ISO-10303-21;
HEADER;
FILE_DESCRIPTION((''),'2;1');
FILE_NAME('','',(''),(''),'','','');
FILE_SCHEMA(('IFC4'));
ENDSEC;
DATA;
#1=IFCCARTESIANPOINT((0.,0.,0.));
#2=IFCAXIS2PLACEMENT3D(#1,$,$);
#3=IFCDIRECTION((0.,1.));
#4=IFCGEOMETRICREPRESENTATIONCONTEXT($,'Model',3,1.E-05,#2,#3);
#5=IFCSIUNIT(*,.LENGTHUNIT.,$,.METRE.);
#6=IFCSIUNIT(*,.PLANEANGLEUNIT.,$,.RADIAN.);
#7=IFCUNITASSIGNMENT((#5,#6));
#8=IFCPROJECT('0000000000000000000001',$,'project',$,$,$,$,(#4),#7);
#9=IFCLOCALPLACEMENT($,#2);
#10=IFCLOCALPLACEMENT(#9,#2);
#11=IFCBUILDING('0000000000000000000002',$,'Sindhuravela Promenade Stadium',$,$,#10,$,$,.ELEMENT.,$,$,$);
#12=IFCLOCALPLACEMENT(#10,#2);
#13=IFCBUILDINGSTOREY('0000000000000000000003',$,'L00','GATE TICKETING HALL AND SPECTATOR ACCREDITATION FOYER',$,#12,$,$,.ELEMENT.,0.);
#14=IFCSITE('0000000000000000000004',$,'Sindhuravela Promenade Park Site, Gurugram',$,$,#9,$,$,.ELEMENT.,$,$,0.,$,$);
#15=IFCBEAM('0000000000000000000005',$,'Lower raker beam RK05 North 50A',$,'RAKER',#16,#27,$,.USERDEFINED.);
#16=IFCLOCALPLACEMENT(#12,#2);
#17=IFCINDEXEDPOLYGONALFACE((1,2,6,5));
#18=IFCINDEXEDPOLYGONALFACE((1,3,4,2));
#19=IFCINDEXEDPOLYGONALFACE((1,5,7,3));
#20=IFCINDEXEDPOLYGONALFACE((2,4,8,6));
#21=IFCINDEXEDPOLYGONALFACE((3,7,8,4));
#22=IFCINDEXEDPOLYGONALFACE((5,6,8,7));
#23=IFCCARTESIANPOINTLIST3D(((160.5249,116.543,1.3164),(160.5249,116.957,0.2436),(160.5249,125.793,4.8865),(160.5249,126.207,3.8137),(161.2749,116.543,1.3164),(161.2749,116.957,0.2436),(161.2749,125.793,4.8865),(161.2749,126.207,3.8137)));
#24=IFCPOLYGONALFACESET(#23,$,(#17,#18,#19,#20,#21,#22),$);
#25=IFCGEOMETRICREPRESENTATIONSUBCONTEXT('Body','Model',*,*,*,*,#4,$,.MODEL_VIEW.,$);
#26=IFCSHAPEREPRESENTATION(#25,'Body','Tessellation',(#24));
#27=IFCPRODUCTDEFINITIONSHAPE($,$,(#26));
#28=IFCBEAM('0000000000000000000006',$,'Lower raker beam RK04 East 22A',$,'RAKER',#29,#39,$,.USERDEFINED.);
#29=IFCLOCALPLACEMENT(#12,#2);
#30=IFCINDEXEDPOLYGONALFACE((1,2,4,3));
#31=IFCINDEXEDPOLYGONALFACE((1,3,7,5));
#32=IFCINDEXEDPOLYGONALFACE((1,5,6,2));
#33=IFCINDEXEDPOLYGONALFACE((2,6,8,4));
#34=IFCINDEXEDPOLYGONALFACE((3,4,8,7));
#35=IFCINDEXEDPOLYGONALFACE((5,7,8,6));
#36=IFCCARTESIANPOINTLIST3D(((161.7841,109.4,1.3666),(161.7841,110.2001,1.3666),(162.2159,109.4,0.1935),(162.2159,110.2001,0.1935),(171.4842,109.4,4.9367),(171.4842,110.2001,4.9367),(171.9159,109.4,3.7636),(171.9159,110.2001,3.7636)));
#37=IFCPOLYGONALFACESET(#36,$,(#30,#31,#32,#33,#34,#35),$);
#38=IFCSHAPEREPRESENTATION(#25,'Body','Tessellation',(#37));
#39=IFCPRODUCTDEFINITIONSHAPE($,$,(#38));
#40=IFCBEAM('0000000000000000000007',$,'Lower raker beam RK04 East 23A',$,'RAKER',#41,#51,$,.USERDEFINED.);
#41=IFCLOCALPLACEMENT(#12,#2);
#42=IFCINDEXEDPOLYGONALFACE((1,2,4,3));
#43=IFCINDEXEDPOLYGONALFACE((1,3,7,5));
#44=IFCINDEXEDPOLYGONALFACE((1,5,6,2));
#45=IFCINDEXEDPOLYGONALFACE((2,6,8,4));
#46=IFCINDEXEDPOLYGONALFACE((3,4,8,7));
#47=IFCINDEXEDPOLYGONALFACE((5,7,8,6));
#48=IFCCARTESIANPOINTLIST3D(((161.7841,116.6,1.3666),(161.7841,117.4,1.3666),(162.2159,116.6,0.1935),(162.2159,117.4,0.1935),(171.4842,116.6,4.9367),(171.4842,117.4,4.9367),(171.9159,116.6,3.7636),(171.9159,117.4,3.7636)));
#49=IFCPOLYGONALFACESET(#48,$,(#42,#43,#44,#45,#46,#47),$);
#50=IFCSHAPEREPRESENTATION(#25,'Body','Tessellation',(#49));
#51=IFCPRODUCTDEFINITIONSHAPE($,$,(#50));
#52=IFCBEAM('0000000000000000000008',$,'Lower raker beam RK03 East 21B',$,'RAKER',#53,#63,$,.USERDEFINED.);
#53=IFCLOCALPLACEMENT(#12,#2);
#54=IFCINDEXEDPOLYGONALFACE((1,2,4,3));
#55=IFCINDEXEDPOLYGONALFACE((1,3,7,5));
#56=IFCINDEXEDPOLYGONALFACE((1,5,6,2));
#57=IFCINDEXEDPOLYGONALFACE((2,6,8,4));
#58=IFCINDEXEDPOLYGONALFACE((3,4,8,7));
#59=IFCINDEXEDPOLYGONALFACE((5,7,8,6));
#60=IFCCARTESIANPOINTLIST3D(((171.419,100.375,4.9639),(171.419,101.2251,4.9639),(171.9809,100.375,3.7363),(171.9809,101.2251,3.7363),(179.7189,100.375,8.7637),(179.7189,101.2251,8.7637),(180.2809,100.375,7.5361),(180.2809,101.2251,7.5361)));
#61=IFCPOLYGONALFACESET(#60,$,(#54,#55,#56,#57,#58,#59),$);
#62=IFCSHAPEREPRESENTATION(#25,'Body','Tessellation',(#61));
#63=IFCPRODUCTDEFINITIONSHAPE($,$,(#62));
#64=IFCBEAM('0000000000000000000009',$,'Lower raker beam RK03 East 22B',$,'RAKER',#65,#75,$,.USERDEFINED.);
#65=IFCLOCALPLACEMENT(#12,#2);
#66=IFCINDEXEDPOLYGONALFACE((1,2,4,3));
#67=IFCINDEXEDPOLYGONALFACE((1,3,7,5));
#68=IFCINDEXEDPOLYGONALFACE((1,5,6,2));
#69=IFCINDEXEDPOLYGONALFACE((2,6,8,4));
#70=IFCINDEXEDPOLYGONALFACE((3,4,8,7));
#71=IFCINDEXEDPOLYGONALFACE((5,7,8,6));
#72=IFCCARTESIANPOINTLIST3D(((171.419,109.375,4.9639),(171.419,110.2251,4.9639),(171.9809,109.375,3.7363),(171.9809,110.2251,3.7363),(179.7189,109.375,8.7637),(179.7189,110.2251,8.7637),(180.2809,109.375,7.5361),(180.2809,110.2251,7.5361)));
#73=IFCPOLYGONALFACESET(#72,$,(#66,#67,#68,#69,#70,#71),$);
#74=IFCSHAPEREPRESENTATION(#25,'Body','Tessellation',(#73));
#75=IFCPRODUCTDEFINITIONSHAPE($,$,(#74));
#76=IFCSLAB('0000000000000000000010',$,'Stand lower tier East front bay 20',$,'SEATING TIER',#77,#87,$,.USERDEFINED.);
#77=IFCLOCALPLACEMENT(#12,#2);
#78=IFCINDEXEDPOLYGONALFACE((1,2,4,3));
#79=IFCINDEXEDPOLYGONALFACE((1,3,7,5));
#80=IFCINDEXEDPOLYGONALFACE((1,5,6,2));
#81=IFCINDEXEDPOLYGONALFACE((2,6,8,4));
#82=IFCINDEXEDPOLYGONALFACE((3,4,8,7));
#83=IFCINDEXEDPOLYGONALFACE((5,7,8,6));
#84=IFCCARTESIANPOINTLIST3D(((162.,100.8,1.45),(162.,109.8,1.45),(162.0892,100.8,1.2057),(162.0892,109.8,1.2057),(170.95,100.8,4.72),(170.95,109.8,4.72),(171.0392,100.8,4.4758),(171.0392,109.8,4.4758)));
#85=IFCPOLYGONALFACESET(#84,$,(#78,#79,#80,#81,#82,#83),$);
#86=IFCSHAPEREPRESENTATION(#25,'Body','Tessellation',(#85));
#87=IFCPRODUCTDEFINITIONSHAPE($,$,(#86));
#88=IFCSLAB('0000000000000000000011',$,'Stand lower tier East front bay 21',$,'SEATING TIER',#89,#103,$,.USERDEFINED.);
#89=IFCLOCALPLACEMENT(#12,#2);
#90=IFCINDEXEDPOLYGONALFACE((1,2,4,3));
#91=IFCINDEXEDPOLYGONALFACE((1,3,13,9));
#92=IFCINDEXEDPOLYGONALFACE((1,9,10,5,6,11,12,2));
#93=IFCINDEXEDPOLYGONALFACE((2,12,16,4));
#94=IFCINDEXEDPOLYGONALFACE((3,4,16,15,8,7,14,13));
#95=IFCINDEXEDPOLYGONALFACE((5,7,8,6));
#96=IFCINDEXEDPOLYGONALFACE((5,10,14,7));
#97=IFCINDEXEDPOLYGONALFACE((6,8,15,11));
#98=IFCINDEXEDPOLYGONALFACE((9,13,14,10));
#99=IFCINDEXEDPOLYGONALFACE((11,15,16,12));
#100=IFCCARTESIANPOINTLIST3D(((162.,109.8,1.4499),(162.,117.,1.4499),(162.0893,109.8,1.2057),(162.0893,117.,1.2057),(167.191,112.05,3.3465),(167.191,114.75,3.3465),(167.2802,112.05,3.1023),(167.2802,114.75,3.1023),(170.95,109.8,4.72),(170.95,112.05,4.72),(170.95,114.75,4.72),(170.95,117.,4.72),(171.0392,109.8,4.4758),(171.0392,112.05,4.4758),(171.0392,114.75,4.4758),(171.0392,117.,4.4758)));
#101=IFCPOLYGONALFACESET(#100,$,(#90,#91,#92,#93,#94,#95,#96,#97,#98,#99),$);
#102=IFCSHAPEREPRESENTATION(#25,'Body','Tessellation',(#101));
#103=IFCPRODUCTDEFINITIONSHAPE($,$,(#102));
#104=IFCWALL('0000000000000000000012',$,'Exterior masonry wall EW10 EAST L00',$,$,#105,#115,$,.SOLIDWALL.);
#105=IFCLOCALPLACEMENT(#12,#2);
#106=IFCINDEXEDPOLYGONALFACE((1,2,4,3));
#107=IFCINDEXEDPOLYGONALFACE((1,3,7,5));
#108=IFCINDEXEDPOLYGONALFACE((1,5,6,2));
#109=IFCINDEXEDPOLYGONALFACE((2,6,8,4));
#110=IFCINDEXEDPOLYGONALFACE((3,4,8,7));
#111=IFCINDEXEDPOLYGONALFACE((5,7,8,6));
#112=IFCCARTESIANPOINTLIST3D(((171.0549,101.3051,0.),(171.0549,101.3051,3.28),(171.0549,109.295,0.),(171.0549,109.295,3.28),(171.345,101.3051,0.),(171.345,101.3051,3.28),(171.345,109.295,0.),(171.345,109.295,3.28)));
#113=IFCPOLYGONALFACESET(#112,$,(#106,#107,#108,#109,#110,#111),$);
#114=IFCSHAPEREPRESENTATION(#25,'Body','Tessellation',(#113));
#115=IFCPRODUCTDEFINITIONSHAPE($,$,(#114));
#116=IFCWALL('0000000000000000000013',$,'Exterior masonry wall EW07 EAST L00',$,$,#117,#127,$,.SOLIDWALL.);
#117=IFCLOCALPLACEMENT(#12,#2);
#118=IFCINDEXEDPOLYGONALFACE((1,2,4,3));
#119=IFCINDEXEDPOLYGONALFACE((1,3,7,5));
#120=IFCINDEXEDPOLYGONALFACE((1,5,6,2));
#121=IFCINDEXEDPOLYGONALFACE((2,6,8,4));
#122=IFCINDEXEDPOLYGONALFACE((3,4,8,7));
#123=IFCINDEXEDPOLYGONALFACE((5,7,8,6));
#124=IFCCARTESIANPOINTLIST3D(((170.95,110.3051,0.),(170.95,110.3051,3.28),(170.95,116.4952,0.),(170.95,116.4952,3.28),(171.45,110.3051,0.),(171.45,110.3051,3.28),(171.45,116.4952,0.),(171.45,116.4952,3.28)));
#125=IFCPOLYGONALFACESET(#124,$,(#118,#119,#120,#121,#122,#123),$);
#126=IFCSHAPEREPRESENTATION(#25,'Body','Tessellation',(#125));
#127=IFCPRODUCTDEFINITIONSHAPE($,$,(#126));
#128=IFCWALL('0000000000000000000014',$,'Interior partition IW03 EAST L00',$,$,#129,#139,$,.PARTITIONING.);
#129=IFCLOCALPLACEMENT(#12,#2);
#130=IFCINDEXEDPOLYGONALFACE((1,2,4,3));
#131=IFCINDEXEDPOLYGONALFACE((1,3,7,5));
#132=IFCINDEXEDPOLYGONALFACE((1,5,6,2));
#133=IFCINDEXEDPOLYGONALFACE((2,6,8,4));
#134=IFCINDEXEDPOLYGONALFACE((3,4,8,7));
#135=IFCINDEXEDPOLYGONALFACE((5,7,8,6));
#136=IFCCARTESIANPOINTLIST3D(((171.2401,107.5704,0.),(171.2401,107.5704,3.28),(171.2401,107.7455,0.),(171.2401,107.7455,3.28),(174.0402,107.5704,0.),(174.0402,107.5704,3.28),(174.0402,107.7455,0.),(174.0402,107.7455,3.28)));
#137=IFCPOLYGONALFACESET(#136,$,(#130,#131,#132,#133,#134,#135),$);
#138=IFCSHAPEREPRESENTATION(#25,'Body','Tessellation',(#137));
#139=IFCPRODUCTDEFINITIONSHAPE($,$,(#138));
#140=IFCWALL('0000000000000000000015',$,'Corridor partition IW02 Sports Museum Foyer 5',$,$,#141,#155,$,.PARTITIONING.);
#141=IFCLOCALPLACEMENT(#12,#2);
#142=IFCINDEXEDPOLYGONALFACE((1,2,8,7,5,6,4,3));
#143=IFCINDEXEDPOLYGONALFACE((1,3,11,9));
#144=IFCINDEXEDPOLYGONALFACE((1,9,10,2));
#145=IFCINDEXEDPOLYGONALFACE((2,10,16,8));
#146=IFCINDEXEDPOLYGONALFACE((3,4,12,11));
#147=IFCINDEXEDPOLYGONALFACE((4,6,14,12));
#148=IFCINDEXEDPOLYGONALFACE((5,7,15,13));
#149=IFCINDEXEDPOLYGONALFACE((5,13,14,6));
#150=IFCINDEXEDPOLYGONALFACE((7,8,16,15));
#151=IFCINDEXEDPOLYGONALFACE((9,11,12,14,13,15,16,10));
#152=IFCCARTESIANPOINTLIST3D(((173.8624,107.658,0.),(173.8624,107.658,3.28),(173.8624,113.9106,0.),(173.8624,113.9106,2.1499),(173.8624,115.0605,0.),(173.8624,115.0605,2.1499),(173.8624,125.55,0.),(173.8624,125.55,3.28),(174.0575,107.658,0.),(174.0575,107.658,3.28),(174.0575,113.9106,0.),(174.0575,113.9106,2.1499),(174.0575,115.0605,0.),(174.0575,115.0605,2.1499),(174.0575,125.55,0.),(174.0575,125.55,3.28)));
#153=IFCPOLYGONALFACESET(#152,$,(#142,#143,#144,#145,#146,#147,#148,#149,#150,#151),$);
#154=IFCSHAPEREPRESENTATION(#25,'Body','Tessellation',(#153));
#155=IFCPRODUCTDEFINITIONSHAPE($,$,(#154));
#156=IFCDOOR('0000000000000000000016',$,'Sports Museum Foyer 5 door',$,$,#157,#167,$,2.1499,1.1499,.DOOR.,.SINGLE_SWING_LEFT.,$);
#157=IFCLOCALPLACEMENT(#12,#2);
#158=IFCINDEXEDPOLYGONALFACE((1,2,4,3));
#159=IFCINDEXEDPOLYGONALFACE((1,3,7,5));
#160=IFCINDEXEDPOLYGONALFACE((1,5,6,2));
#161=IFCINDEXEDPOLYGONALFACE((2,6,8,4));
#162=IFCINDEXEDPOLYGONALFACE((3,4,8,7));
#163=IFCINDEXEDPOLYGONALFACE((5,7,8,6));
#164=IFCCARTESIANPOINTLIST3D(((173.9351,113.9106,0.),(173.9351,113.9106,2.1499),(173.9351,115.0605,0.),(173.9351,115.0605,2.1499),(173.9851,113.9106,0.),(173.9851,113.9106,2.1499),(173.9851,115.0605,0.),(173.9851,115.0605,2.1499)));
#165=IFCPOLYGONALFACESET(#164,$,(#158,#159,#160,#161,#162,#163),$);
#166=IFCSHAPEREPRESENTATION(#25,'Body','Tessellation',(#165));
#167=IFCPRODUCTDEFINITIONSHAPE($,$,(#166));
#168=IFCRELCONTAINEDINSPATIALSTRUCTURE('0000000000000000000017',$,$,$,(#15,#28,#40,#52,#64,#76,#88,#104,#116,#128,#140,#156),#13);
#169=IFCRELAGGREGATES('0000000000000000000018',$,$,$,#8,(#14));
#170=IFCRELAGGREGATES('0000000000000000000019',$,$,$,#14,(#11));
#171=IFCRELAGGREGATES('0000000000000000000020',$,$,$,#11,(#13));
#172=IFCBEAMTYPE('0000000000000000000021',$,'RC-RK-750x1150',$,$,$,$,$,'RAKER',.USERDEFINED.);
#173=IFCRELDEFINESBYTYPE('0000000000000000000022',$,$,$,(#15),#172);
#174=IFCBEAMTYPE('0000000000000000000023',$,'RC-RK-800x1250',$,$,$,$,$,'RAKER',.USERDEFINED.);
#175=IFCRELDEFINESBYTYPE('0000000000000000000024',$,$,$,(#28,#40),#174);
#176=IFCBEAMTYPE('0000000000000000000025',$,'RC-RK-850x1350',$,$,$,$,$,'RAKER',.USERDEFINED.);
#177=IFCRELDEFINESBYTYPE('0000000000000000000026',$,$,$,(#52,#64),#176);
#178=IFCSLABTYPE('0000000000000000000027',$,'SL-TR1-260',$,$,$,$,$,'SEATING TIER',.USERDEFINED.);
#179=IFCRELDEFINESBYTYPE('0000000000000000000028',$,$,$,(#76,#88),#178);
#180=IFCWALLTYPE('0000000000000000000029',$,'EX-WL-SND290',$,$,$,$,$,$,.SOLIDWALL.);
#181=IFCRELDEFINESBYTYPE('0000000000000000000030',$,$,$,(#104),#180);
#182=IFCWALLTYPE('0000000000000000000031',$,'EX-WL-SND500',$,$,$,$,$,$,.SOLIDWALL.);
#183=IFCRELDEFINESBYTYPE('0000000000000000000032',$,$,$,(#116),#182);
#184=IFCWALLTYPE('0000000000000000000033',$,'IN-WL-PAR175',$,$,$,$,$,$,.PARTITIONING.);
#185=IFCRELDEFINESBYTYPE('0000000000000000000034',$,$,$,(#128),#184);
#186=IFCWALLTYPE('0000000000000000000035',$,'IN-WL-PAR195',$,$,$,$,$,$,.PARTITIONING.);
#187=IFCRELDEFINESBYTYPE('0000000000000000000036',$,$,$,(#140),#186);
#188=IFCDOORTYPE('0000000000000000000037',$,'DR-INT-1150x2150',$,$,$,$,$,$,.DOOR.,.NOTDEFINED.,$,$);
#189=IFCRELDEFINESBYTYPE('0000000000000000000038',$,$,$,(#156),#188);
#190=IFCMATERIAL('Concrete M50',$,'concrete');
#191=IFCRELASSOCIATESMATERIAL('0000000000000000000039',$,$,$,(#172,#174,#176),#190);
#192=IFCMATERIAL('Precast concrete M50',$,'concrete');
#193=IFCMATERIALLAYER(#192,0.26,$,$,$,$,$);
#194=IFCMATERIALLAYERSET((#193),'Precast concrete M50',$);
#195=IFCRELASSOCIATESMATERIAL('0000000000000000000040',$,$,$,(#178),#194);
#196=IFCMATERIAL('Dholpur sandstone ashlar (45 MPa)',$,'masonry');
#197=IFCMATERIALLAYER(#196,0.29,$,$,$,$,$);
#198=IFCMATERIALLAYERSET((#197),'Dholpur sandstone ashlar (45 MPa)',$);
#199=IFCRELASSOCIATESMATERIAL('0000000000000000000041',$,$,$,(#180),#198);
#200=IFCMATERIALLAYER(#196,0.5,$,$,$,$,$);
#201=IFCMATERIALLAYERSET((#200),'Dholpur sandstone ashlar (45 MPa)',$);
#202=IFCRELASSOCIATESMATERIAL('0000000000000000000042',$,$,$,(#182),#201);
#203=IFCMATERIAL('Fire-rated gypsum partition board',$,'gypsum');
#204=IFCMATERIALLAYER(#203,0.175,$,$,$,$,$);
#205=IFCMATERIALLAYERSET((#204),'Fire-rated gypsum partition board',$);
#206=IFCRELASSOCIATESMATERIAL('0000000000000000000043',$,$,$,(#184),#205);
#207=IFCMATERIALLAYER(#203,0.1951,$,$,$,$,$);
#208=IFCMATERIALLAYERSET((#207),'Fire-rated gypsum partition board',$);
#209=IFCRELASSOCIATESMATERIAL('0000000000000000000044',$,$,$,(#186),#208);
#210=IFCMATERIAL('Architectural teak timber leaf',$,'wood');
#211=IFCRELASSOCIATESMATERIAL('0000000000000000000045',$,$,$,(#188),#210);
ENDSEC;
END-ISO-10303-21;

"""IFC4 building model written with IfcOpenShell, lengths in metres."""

from ifc_helpers import new_model, si_unit, direction, frame, frame_2d, origin, origin_2d, place, context, subcontext, project, spatial, polyline, rectangle, outline, extrude, material, layer, layer_set, material_profile, profile_set, type_object, element, fill, save


model = new_model("IFC4")

# Units and contexts
model_context = context("Model", 3, precision=1e-05, world=origin(), true_north=direction((0.0, 1.0)))
body_context = subcontext(model_context, "Body", "Model", "MODEL_VIEW")
ifc_project = project(units=[si_unit("LENGTHUNIT", "METRE"), si_unit("PLANEANGLEUNIT", "RADIAN")], contexts=[model_context])

# Site, building, storey
site_placement = place(None, origin())
site = spatial("IfcSite", under=ifc_project, at=site_placement, Name="Sindhuravela Promenade Park Site, Gurugram", CompositionType="ELEMENT", RefElevation=0.0)
building_placement = place(site_placement, origin())
building = spatial("IfcBuilding", under=site, at=building_placement, Name="Sindhuravela Promenade Stadium", CompositionType="ELEMENT")
storey_placement = place(building_placement, origin())
storey = spatial("IfcBuildingStorey", under=building, at=storey_placement, Name="L00", Description="GATE TICKETING HALL AND SPECTATOR ACCREDITATION FOYER", CompositionType="ELEMENT", Elevation=0.0)

# Shared definitions
ifc_material_1 = material(Name="Concrete M50", Category="concrete")

# Beams
ifc_material_profile_1 = material_profile(ifc_material_1, rectangle(XDim=0.75, YDim=1.1499, at=origin_2d()), Name="RC 750x1150")
ifc_profile_set_1 = profile_set([ifc_material_profile_1], Name="Concrete M50")
beam_type_1 = type_object("IfcBeamType", Name="RC-RK-750x1150", ElementType="RAKER", PredefinedType="USERDEFINED", material=ifc_profile_set_1)
beam_placement = place(storey_placement, frame((160.8999, 116.75, 0.78), z_axis=(0.0, 0.932927, 0.360066), x_axis=(-1.0, 0.0, 0.0)))
element("IfcBeam", 1, at=beam_placement, inside=storey, type_object=beam_type_1, Name="Lower raker beam RK05 North 50A", ObjectType="RAKER", PredefinedType="USERDEFINED", context=body_context, shape_type="SweptSolid", body=[
    extrude(rectangle(XDim=0.75, YDim=1.1499, at=origin_2d()), origin(), (0.0, 0.0, 1.0), 9.915),
])
ifc_material_profile_2 = material_profile(ifc_material_1, rectangle(XDim=0.8, YDim=1.25, at=origin_2d()), Name="RC 800x1250")
ifc_profile_set_2 = profile_set([ifc_material_profile_2], Name="Concrete M50")
beam_type_2 = type_object("IfcBeamType", Name="RC-RK-800x1250", ElementType="RAKER", PredefinedType="USERDEFINED", material=ifc_profile_set_2)
for number, where, z_axis, x_axis, name in (
    (2, (162.0, 109.8, 0.78), (0.938456, 0.0, 0.345399), (0.0, 1.0, 0.0), "Lower raker beam RK04 East 22A"),
    (3, (162.0, 117.0, 0.78), (0.938456, 0.0, 0.345399), (0.0, 1.0, 0.0), "Lower raker beam RK04 East 23A"),
):
    element("IfcBeam", number, at=place(storey_placement, frame(where, z_axis=z_axis, x_axis=x_axis)), inside=storey, type_object=beam_type_2, Name=name, ObjectType="RAKER", PredefinedType="USERDEFINED", context=body_context, shape_type="SweptSolid", body=[
        extrude(rectangle(XDim=0.8, YDim=1.25, at=origin_2d()), origin(), (0.0, 0.0, 1.0), 10.3362),
    ])
ifc_material_profile_3 = material_profile(ifc_material_1, rectangle(XDim=0.8501, YDim=1.3501, at=origin_2d()), Name="RC 850x1350")
ifc_profile_set_3 = profile_set([ifc_material_profile_3], Name="Concrete M50")
beam_type_3 = type_object("IfcBeamType", Name="RC-RK-850x1350", ElementType="RAKER", PredefinedType="USERDEFINED", material=ifc_profile_set_3)
for number, where, z_axis, x_axis, name in (
    (4, (171.7, 100.8, 4.3501), (0.909247, 0.0, 0.416258), (0.0, 1.0, 0.0), "Lower raker beam RK03 East 21B"),
    (5, (171.7, 109.8, 4.3501), (0.909247, 0.0, 0.416258), (0.0, 1.0, 0.0), "Lower raker beam RK03 East 22B"),
):
    element("IfcBeam", number, at=place(storey_placement, frame(where, z_axis=z_axis, x_axis=x_axis)), inside=storey, type_object=beam_type_3, Name=name, ObjectType="RAKER", PredefinedType="USERDEFINED", context=body_context, shape_type="SweptSolid", body=[
        extrude(rectangle(XDim=0.8501, YDim=1.3501, at=origin_2d()), origin(), (0.0, 0.0, 1.0), 9.1284),
    ])

# Slabs
ifc_material_2 = material(Name="Precast concrete M50", Category="concrete")
ifc_layer_1 = layer(ifc_material_2, 0.26)
ifc_layer_set_1 = layer_set([ifc_layer_1], Name="Precast concrete M50")
slab_type = type_object("IfcSlabType", Name="SL-TR1-260", ElementType="SEATING TIER", PredefinedType="USERDEFINED", material=ifc_layer_set_1)
slab_1_placement = place(storey_placement, frame((170.95, 100.8, 4.72), z_axis=(-0.343179, 0.0, 0.93927), x_axis=(0.0, 1.0, 0.0)))
element("IfcSlab", 6, at=slab_1_placement, inside=storey, type_object=slab_type, Name="Stand lower tier East front bay 20", ObjectType="SEATING TIER", PredefinedType="USERDEFINED", context=body_context, shape_type="SweptSolid", body=[
    extrude(outline(polyline([(0.0, 0.0), (9.0, 0.0), (9.0, 9.5286), (0.0, 9.5286), (0.0, 0.0)])), origin(), (0.0, 0.0, -1.0), 0.26),
])
slab_2_placement = place(storey_placement, frame((170.95, 109.8, 4.72), z_axis=(-0.343184, 0.0, 0.939268), x_axis=(0.0, 1.0, 0.0)))
element("IfcSlab", 7, at=slab_2_placement, inside=storey, type_object=slab_type, Name="Stand lower tier East front bay 21", ObjectType="SEATING TIER", PredefinedType="USERDEFINED", context=body_context, shape_type="SweptSolid", body=[
    extrude(outline(polyline([(0.0, 0.0), (2.25, 0.0), (2.25, 4.002), (4.95, 4.002), (4.95, 0.0), (7.2, 0.0), (7.2, 9.5286), (0.0, 9.5286), (0.0, 0.0)])), origin(), (0.0, 0.0, -1.0), 0.26),
])

# Walls
ifc_material_3 = material(Name="Dholpur sandstone ashlar (45 MPa)", Category="masonry")
ifc_layer_2 = layer(ifc_material_3, 0.29)
ifc_layer_set_2 = layer_set([ifc_layer_2], Name="Dholpur sandstone ashlar (45 MPa)")
wall_type_1 = type_object("IfcWallType", Name="EX-WL-SND290", PredefinedType="SOLIDWALL", material=ifc_layer_set_2)
wall_1_placement = place(storey_placement, frame((171.2, 101.3049, 0.0), z_axis=(0.0, 0.0, 1.0), x_axis=(0.0, 1.0, 0.0)))
element("IfcWall", 8, at=wall_1_placement, inside=storey, type_object=wall_type_1, Name="Exterior masonry wall EW10 EAST L00", PredefinedType="SOLIDWALL", context=body_context, shape_type="SweptSolid", body=[
    extrude(rectangle(XDim=7.99, YDim=0.29, at=frame_2d((3.9951, 0.0))), origin(), (0.0, 0.0, 1.0), 3.28),
])
ifc_layer_3 = layer(ifc_material_3, 0.5)
ifc_layer_set_3 = layer_set([ifc_layer_3], Name="Dholpur sandstone ashlar (45 MPa)")
wall_type_2 = type_object("IfcWallType", Name="EX-WL-SND500", PredefinedType="SOLIDWALL", material=ifc_layer_set_3)
wall_2_placement = place(storey_placement, frame((171.2, 110.3049, 0.0), z_axis=(0.0, 0.0, 1.0), x_axis=(0.0, 1.0, 0.0)))
element("IfcWall", 9, at=wall_2_placement, inside=storey, type_object=wall_type_2, Name="Exterior masonry wall EW07 EAST L00", PredefinedType="SOLIDWALL", context=body_context, shape_type="SweptSolid", body=[
    extrude(rectangle(XDim=6.1902, YDim=0.5, at=frame_2d((3.0952, 0.0))), origin(), (0.0, 0.0, 1.0), 3.28),
])
ifc_material_4 = material(Name="Fire-rated gypsum partition board", Category="gypsum")
ifc_layer_4 = layer(ifc_material_4, 0.175)
ifc_layer_set_4 = layer_set([ifc_layer_4], Name="Fire-rated gypsum partition board")
wall_type_3 = type_object("IfcWallType", Name="IN-WL-PAR175", PredefinedType="PARTITIONING", material=ifc_layer_set_4)
wall_3_placement = place(storey_placement, frame((174.04, 107.658, 0.0), z_axis=(0.0, 0.0, 1.0), x_axis=(-1.0, 0.0, 0.0)))
element("IfcWall", 10, at=wall_3_placement, inside=storey, type_object=wall_type_3, Name="Interior partition IW03 EAST L00", PredefinedType="PARTITIONING", context=body_context, shape_type="SweptSolid", body=[
    extrude(rectangle(XDim=2.8, YDim=0.175, at=frame_2d((1.3999, 0.0))), origin(), (0.0, 0.0, 1.0), 3.28),
])

# Wall, opening, door
ifc_layer_5 = layer(ifc_material_4, 0.1951)
ifc_layer_set_5 = layer_set([ifc_layer_5], Name="Fire-rated gypsum partition board")
wall_type_4 = type_object("IfcWallType", Name="IN-WL-PAR195", PredefinedType="PARTITIONING", material=ifc_layer_set_5)
wall_4_placement = place(storey_placement, frame((173.96, 107.658, 0.0), z_axis=(0.0, 0.0, 1.0), x_axis=(0.0, 1.0, 0.0)))
wall_4 = element("IfcWall", 11, at=wall_4_placement, inside=storey, type_object=wall_type_4, Name="Corridor partition IW02 Sports Museum Foyer 5", PredefinedType="PARTITIONING", context=body_context, shape_type="SweptSolid", body=[
    extrude(rectangle(XDim=17.8921, YDim=0.1951, at=frame_2d((8.946, 0.0))), origin(), (0.0, 0.0, 1.0), 3.28),
])
opening_placement = place(wall_4_placement, frame((6.2527, 0.0, 0.0)))
opening = element("IfcOpeningElement", 12, at=opening_placement, cuts=wall_4, PredefinedType="OPENING", context=body_context, shape_type="SweptSolid", body=[
    extrude(rectangle(XDim=1.1499, YDim=2.1499, at=frame_2d((0.575, 1.075))), frame((0.0, 0.1074, 0.0), z_axis=(0.0, -1.0, 0.0), x_axis=(1.0, 0.0, 0.0)), (0.0, 0.0, 1.0), 0.2151),
])
ifc_material_5 = material(Name="Architectural teak timber leaf", Category="wood")
door_type = type_object("IfcDoorType", Name="DR-INT-1150x2150", OperationType="NOTDEFINED", PredefinedType="DOOR", material=ifc_material_5)
door_placement = place(opening_placement, origin())
door = element("IfcDoor", 13, at=door_placement, inside=storey, type_object=door_type, Name="Sports Museum Foyer 5 door", OperationType="SINGLE_SWING_LEFT", OverallHeight=2.1499, OverallWidth=1.1499, PredefinedType="DOOR", context=body_context, shape_type="SweptSolid", body=[
    extrude(rectangle(XDim=1.1499, YDim=2.1499, at=frame_2d((0.575, 1.075))), frame((0.0, 0.0249, 0.0), z_axis=(0.0, -1.0, 0.0), x_axis=(1.0, 0.0, 0.0)), (0.0, 0.0, 1.0), 0.05),
])
fill(opening, door)

save(model, "model.ifc")
